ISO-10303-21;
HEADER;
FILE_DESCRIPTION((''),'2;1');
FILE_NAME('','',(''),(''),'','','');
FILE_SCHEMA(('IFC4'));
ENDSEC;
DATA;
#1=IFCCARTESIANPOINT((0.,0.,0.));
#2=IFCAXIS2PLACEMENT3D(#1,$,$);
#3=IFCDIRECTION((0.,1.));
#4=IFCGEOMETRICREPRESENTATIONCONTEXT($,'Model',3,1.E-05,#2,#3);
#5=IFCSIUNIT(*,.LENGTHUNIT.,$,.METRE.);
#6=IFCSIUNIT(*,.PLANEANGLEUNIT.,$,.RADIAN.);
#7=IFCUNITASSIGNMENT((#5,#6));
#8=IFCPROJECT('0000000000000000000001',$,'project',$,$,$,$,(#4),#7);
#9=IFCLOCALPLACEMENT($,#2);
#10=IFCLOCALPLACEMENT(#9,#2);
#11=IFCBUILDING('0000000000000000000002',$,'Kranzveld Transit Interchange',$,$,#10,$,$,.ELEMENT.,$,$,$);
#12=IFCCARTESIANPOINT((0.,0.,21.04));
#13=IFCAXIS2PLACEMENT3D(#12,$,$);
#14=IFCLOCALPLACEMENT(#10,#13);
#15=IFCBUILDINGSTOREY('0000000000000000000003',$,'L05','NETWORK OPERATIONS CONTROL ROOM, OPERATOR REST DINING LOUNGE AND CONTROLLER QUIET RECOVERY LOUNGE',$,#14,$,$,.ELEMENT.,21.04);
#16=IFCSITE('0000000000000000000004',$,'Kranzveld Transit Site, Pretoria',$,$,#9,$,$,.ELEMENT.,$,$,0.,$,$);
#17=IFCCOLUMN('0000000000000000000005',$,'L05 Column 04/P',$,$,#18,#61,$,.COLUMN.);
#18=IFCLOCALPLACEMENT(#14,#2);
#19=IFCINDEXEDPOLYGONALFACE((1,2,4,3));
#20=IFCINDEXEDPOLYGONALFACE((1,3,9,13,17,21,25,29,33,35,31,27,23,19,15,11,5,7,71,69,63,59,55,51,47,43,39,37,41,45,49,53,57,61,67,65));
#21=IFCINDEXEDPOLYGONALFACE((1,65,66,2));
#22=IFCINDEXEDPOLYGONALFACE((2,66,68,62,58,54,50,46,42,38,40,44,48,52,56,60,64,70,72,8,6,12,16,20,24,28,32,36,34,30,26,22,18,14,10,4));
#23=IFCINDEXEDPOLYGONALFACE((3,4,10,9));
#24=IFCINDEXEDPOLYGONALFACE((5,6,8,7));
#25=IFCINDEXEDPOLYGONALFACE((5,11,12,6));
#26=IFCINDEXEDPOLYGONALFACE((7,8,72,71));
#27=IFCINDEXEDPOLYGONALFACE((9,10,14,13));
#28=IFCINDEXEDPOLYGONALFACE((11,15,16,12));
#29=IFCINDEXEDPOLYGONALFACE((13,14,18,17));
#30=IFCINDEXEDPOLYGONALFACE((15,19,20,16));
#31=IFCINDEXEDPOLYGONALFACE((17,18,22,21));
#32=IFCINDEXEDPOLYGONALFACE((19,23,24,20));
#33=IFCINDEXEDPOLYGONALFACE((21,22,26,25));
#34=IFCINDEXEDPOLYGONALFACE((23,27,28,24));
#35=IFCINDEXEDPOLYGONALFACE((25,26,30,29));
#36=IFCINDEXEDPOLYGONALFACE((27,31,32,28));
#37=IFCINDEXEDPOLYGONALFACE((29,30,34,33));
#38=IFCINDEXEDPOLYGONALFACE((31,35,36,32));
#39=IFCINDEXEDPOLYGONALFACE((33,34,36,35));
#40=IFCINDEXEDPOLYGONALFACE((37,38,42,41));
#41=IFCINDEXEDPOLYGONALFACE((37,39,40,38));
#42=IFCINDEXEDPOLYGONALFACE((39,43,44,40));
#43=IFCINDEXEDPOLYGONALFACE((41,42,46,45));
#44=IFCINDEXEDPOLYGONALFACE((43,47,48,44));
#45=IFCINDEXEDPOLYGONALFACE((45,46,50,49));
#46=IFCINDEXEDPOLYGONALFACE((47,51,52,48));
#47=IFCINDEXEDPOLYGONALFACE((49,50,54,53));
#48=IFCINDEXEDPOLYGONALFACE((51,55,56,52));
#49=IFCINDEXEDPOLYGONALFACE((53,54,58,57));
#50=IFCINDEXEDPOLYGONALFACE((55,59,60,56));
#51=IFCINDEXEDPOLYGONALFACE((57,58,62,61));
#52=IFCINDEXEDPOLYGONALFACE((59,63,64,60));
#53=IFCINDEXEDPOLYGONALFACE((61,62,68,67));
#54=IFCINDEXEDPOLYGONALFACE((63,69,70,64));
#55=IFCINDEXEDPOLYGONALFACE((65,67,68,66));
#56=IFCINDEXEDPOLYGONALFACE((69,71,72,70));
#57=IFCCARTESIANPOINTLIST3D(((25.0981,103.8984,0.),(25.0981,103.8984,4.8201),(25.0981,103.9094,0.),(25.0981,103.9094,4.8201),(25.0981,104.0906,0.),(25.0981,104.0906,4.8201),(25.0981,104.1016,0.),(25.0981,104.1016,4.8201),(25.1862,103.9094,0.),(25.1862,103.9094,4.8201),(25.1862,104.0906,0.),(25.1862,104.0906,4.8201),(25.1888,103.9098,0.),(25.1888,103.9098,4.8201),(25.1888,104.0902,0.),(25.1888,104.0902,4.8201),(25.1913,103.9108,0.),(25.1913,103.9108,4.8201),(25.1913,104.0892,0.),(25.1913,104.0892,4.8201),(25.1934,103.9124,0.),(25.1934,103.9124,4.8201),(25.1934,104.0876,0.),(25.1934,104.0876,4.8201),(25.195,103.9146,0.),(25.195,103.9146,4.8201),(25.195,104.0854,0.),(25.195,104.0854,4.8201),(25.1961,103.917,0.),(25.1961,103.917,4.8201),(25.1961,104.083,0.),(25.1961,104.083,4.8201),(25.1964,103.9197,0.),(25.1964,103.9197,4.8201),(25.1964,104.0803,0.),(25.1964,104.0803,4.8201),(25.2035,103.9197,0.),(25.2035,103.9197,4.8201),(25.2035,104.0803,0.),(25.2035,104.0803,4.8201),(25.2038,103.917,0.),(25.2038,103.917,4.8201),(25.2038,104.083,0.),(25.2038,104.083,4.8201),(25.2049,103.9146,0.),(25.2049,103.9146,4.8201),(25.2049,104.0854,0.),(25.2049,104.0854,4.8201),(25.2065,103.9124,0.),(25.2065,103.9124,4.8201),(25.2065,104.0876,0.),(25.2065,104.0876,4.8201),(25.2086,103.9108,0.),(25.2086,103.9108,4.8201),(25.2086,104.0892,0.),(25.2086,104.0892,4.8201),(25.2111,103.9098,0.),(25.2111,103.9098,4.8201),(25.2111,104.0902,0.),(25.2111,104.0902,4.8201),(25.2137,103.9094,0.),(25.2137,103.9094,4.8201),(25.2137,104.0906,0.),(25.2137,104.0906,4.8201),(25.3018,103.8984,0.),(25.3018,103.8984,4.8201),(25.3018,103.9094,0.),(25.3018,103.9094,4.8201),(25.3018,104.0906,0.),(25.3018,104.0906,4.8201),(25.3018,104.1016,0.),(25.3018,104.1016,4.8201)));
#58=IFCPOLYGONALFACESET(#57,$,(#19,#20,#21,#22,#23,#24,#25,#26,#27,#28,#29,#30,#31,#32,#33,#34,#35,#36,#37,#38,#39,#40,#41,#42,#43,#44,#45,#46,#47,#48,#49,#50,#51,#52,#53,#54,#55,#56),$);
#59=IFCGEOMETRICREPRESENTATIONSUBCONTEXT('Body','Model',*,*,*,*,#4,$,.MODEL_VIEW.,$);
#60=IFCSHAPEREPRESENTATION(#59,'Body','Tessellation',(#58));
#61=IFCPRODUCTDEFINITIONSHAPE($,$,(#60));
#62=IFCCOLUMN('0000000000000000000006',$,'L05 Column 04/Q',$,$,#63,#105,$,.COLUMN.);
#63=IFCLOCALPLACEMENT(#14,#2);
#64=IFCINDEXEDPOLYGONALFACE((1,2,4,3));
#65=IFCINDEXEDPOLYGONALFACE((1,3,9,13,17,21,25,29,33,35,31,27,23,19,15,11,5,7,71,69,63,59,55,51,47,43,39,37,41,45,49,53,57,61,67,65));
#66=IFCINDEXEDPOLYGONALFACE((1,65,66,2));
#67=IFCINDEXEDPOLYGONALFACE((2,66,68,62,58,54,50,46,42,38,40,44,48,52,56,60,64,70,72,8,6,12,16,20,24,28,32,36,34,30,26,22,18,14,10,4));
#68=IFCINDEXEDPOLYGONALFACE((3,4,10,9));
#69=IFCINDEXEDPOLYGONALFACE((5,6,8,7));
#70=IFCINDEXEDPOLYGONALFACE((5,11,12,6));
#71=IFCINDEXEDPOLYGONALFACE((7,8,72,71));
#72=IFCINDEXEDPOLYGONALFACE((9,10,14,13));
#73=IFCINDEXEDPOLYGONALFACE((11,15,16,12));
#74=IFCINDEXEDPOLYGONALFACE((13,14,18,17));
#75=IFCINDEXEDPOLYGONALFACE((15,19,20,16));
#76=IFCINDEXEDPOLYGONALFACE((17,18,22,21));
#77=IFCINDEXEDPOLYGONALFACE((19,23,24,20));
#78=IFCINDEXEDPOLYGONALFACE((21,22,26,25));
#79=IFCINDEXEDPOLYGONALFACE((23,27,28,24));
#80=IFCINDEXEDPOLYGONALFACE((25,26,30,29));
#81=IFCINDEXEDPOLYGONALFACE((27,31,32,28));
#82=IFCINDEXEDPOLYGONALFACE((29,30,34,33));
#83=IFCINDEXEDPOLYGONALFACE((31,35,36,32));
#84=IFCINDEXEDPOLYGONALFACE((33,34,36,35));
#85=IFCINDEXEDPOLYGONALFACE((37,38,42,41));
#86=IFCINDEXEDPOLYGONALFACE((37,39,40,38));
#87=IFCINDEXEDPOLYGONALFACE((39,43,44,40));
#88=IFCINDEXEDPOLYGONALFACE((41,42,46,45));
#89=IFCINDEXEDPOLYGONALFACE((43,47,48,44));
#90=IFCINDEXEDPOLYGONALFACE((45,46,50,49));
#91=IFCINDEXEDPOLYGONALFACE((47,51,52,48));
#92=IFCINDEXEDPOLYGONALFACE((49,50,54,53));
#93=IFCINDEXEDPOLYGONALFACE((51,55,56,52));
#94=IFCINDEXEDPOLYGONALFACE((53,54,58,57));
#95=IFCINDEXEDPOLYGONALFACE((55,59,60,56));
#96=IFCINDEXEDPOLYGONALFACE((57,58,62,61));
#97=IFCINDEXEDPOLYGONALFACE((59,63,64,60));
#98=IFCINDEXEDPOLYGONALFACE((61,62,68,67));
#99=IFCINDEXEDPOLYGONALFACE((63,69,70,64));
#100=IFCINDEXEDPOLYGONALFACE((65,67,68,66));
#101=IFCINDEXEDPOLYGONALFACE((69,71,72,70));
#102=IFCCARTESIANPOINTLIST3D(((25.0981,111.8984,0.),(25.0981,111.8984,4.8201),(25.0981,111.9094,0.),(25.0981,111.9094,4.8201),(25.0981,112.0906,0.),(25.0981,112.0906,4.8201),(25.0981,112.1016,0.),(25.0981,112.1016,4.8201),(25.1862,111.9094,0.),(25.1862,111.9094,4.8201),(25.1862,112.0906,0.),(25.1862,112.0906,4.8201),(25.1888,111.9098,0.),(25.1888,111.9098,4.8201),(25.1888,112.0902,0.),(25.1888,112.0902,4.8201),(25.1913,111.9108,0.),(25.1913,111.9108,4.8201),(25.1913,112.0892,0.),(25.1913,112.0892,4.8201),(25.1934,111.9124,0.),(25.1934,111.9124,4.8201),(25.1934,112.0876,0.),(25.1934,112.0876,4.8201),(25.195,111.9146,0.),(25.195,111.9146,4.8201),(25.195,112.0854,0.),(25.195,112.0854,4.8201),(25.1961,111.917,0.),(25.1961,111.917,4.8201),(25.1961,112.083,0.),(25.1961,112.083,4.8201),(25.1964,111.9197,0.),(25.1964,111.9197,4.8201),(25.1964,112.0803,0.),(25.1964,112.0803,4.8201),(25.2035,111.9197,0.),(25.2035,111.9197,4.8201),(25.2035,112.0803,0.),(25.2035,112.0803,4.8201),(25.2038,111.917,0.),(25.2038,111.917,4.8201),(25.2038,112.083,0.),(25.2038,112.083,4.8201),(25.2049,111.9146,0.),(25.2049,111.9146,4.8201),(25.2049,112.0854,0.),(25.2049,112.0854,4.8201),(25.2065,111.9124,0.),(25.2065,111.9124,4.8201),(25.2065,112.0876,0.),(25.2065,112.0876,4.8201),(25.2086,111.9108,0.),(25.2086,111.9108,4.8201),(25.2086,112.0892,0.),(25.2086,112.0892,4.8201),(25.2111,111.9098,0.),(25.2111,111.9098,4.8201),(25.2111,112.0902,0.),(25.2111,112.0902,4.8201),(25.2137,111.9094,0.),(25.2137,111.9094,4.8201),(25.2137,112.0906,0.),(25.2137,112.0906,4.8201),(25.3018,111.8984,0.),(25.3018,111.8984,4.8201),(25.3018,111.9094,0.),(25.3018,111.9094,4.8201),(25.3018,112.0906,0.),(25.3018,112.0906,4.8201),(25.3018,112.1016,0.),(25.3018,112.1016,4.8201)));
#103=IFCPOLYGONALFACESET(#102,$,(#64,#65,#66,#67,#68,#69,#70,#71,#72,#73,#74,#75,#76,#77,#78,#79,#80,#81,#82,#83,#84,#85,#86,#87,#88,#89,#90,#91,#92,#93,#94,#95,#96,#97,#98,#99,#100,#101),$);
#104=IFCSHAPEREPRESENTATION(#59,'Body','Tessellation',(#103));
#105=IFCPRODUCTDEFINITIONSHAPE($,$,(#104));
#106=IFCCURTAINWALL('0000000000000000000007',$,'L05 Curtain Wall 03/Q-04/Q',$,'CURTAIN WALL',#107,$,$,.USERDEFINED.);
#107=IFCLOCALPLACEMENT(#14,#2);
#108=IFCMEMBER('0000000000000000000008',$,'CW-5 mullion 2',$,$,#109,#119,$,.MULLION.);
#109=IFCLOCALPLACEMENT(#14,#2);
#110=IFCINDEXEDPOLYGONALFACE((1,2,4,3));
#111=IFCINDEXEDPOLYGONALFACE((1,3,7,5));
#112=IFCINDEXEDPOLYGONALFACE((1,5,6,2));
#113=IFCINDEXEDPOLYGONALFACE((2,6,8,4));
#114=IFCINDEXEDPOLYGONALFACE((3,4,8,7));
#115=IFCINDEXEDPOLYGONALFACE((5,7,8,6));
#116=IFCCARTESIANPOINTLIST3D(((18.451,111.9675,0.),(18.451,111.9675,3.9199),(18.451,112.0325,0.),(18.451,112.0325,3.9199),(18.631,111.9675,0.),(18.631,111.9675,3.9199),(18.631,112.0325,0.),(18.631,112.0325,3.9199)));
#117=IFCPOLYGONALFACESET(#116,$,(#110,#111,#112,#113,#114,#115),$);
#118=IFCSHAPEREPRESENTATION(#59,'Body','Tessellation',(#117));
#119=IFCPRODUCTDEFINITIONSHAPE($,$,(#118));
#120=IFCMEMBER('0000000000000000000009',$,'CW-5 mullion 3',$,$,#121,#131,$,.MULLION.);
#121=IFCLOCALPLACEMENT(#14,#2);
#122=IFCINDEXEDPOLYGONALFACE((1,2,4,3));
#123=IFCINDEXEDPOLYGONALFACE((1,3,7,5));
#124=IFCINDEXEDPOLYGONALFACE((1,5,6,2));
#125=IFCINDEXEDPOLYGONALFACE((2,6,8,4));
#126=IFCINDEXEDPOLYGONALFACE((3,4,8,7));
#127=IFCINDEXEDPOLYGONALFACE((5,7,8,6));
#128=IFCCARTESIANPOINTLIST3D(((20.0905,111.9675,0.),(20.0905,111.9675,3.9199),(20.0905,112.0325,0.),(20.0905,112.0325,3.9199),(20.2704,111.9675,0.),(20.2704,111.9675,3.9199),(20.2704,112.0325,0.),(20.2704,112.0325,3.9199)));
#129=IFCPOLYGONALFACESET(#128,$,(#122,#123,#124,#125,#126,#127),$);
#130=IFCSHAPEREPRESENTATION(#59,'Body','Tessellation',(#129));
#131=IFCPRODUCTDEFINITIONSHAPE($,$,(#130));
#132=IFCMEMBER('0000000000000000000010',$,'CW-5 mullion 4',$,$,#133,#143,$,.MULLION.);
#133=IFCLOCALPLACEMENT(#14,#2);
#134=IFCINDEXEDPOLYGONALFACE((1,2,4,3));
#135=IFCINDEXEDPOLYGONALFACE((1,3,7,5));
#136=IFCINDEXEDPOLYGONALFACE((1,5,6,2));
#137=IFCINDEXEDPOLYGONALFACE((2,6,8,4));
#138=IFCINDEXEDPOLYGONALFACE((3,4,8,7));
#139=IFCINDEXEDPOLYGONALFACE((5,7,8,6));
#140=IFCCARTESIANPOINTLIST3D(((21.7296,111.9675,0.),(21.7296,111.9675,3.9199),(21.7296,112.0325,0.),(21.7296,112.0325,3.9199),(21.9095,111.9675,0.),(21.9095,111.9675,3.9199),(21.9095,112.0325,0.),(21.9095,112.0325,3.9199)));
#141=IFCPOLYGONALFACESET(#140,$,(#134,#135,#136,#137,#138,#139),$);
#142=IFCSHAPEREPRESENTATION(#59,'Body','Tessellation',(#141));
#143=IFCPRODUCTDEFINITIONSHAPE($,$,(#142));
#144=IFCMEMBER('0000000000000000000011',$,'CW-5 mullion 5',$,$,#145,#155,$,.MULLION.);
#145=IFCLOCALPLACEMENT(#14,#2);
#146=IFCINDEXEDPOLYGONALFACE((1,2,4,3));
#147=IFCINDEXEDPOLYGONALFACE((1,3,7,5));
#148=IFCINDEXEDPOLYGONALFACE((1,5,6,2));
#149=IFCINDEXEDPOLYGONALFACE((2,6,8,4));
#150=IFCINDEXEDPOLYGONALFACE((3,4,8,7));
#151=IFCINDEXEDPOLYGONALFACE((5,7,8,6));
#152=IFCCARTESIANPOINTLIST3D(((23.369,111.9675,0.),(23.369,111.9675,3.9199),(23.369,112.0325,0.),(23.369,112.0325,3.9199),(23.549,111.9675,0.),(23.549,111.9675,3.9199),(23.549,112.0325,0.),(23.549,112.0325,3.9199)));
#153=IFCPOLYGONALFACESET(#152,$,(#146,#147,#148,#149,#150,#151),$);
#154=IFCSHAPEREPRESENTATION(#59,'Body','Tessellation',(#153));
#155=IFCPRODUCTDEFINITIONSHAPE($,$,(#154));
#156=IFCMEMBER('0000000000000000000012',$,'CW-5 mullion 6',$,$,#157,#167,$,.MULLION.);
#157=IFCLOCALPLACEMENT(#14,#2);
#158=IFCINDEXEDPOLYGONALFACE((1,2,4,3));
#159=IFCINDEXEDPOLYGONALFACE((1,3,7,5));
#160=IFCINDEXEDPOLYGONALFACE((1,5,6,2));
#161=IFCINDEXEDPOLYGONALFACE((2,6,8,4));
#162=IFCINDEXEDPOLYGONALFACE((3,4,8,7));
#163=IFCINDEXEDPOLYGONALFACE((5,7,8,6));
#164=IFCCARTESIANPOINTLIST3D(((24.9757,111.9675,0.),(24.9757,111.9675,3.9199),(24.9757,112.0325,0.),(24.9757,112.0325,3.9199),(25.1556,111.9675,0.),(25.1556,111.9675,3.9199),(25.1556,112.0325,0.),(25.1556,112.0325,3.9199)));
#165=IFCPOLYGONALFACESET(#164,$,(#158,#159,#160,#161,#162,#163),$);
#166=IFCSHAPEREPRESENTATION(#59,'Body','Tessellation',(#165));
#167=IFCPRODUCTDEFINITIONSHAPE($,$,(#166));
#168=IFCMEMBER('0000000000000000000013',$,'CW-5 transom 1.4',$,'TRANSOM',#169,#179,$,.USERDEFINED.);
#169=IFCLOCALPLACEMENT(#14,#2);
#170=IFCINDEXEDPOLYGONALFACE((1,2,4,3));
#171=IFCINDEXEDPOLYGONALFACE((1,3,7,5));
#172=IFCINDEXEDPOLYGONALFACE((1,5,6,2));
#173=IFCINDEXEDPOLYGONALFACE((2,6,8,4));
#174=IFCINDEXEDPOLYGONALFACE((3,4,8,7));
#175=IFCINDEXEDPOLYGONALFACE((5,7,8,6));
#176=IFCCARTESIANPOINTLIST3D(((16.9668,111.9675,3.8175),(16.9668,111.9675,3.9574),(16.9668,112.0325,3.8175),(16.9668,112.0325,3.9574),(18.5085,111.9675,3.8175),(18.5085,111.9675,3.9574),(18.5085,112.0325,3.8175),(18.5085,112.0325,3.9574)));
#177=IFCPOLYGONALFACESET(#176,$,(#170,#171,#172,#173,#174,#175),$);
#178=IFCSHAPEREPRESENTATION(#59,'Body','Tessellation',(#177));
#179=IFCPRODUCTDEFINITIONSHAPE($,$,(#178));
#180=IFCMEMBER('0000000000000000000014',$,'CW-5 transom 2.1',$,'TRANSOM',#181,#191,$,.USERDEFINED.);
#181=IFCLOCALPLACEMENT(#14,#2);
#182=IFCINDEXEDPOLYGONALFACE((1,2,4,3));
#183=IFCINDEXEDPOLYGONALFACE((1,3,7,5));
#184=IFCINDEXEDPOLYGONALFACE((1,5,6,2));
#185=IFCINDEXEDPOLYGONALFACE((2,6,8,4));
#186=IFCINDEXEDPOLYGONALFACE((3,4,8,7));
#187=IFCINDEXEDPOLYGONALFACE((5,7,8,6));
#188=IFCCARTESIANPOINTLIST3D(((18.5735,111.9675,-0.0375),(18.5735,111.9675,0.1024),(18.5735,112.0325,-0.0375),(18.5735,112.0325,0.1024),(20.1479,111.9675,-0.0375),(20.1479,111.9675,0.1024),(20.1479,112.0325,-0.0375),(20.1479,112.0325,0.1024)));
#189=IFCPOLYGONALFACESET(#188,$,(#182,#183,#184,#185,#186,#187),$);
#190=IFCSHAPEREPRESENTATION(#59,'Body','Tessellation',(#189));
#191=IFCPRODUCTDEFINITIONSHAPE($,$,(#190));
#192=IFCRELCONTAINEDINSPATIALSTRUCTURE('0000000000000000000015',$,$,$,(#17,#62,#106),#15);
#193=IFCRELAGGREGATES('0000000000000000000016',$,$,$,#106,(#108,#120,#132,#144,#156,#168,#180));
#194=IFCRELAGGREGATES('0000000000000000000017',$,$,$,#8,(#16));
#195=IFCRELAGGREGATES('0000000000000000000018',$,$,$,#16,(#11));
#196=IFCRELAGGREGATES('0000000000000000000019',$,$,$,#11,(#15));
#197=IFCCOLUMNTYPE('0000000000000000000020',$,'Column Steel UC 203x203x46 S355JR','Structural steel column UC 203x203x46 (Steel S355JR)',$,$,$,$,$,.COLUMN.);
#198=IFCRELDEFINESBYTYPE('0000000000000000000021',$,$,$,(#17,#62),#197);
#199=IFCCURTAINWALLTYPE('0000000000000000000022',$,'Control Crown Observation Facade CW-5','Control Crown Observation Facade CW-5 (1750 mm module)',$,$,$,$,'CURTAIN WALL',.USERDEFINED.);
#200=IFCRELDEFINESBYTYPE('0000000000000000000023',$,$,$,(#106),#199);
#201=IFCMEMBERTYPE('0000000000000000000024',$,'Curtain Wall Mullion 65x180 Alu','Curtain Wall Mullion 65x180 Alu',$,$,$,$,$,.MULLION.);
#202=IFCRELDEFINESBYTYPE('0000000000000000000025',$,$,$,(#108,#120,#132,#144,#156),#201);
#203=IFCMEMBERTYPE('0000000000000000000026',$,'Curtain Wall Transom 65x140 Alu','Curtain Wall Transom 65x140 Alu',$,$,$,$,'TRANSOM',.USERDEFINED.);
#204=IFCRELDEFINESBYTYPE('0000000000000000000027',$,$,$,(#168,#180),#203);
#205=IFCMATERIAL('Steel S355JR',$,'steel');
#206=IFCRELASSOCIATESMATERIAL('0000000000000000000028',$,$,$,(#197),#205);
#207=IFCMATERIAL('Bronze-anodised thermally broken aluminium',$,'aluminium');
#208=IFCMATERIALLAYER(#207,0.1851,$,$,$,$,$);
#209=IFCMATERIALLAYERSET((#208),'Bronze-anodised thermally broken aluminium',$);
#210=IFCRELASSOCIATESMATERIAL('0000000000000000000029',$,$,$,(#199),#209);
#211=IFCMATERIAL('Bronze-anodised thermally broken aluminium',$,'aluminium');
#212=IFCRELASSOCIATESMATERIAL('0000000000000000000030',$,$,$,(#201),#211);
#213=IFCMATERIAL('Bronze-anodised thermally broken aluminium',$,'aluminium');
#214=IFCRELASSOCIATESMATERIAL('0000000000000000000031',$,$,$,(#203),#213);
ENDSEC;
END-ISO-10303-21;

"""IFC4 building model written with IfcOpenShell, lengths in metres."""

from ifc_helpers import new_model, si_unit, direction, frame, origin, origin_2d, place, context, subcontext, project, spatial, rectangle, i_section, extrude, material, layer, layer_set, material_profile, profile_set, type_object, element, aggregate, save


model = new_model("IFC4")

# Units and contexts
model_context = context("Model", 3, precision=1e-05, world=origin(), true_north=direction((0.0, 1.0)))
body_context = subcontext(model_context, "Body", "Model", "MODEL_VIEW")
ifc_project = project(units=[si_unit("LENGTHUNIT", "METRE"), si_unit("PLANEANGLEUNIT", "RADIAN")], contexts=[model_context])

# Site, building, storey
site_placement = place(None, origin())
site = spatial("IfcSite", under=ifc_project, at=site_placement, Name="Kranzveld Transit Site, Pretoria", CompositionType="ELEMENT", RefElevation=0.0)
building_placement = place(site_placement, origin())
building = spatial("IfcBuilding", under=site, at=building_placement, Name="Kranzveld Transit Interchange", CompositionType="ELEMENT")
storey_placement = place(building_placement, frame((0.0, 0.0, 21.04)))
storey = spatial("IfcBuildingStorey", under=building, at=storey_placement, Name="L05", Description="NETWORK OPERATIONS CONTROL ROOM, OPERATOR REST DINING LOUNGE AND CONTROLLER QUIET RECOVERY LOUNGE", CompositionType="ELEMENT", Elevation=21.04)

# Columns
ifc_material_1 = material(Name="Steel S355JR", Category="steel")
ifc_material_profile_1 = material_profile(ifc_material_1, i_section(OverallWidth=0.2036, OverallDepth=0.2031, WebThickness=0.0071, FlangeThickness=0.011, FilletRadius=0.0103, at=origin_2d()), Name="UC 203x203x46")
ifc_profile_set_1 = profile_set([ifc_material_profile_1], Name="Steel S355JR")
column_type = type_object("IfcColumnType", Name="Column Steel UC 203x203x46 S355JR", Description="Structural steel column UC 203x203x46 (Steel S355JR)", PredefinedType="COLUMN", material=ifc_profile_set_1)
for number, where, z_axis, x_axis, name in (
    (1, (25.2, 104.0, 0.0), (0.0, 0.0, 1.0), (1.0, 0.0, 0.0), "L05 Column 04/P"),
    (2, (25.2, 112.0, 0.0), (0.0, 0.0, 1.0), (1.0, 0.0, 0.0), "L05 Column 04/Q"),
):
    element("IfcColumn", number, at=place(storey_placement, frame(where, z_axis=z_axis, x_axis=x_axis)), inside=storey, type_object=column_type, Name=name, PredefinedType="COLUMN", context=body_context, shape_type="SweptSolid", body=[
        extrude(i_section(OverallWidth=0.2036, OverallDepth=0.2031, WebThickness=0.0071, FlangeThickness=0.011, FilletRadius=0.0103, at=origin_2d()), origin(), (0.0, 0.0, 1.0), 4.8201),
    ])

# Curtain wall, members
ifc_material_2 = material(Name="Bronze-anodised thermally broken aluminium", Category="aluminium")
ifc_layer_1 = layer(ifc_material_2, 0.1851)
ifc_layer_set_1 = layer_set([ifc_layer_1], Name="Bronze-anodised thermally broken aluminium")
curtain_wall_type = type_object("IfcCurtainWallType", Name="Control Crown Observation Facade CW-5", Description="Control Crown Observation Facade CW-5 (1750 mm module)", ElementType="CURTAIN WALL", PredefinedType="USERDEFINED", material=ifc_layer_set_1)
curtain_wall_placement = place(storey_placement, origin())
curtain_wall = element("IfcCurtainWall", 3, at=curtain_wall_placement, inside=storey, type_object=curtain_wall_type, Name="L05 Curtain Wall 03/Q-04/Q", ObjectType="CURTAIN WALL", PredefinedType="USERDEFINED")
ifc_material_3 = material(Name="Bronze-anodised thermally broken aluminium", Category="aluminium")
ifc_material_profile_2 = material_profile(ifc_material_3, rectangle(XDim=0.0649, YDim=0.1799, at=origin_2d()), Name="ALU MULLION 65x180")
ifc_profile_set_2 = profile_set([ifc_material_profile_2], Name="Bronze-anodised thermally broken aluminium")
member_type_1 = type_object("IfcMemberType", Name="Curtain Wall Mullion 65x180 Alu", Description="Curtain Wall Mullion 65x180 Alu", PredefinedType="MULLION", material=ifc_profile_set_2)
member_1_placement = place(storey_placement, frame((18.541, 112.0, 0.0), z_axis=(0.0, 0.0, 1.0), x_axis=(0.0, 1.0, 0.0)))
member_1 = element("IfcMember", 4, at=member_1_placement, type_object=member_type_1, Name="CW-5 mullion 2", PredefinedType="MULLION", context=body_context, shape_type="SweptSolid", body=[
    extrude(rectangle(XDim=0.0649, YDim=0.1799, at=origin_2d()), origin(), (0.0, 0.0, 1.0), 3.9199),
])
member_2_placement = place(storey_placement, frame((20.1804, 112.0, 0.0), z_axis=(0.0, 0.0, 1.0), x_axis=(0.0, 1.0, 0.0)))
member_2 = element("IfcMember", 5, at=member_2_placement, type_object=member_type_1, Name="CW-5 mullion 3", PredefinedType="MULLION", context=body_context, shape_type="SweptSolid", body=[
    extrude(rectangle(XDim=0.0649, YDim=0.1799, at=origin_2d()), origin(), (0.0, 0.0, 1.0), 3.9199),
])
member_3_placement = place(storey_placement, frame((21.8196, 112.0, 0.0), z_axis=(0.0, 0.0, 1.0), x_axis=(0.0, 1.0, 0.0)))
member_3 = element("IfcMember", 6, at=member_3_placement, type_object=member_type_1, Name="CW-5 mullion 4", PredefinedType="MULLION", context=body_context, shape_type="SweptSolid", body=[
    extrude(rectangle(XDim=0.0649, YDim=0.1799, at=origin_2d()), origin(), (0.0, 0.0, 1.0), 3.9199),
])
member_4_placement = place(storey_placement, frame((23.459, 112.0, 0.0), z_axis=(0.0, 0.0, 1.0), x_axis=(0.0, 1.0, 0.0)))
member_4 = element("IfcMember", 7, at=member_4_placement, type_object=member_type_1, Name="CW-5 mullion 5", PredefinedType="MULLION", context=body_context, shape_type="SweptSolid", body=[
    extrude(rectangle(XDim=0.0649, YDim=0.1799, at=origin_2d()), origin(), (0.0, 0.0, 1.0), 3.9199),
])
member_5_placement = place(storey_placement, frame((25.0657, 112.0, 0.0), z_axis=(0.0, 0.0, 1.0), x_axis=(0.0, 1.0, 0.0)))
member_5 = element("IfcMember", 8, at=member_5_placement, type_object=member_type_1, Name="CW-5 mullion 6", PredefinedType="MULLION", context=body_context, shape_type="SweptSolid", body=[
    extrude(rectangle(XDim=0.0649, YDim=0.1799, at=origin_2d()), origin(), (0.0, 0.0, 1.0), 3.9199),
])
ifc_material_4 = material(Name="Bronze-anodised thermally broken aluminium", Category="aluminium")
ifc_material_profile_3 = material_profile(ifc_material_4, rectangle(XDim=0.0649, YDim=0.1399, at=origin_2d()), Name="ALU TRANSOM 65x140")
ifc_profile_set_3 = profile_set([ifc_material_profile_3], Name="Bronze-anodised thermally broken aluminium")
member_type_2 = type_object("IfcMemberType", Name="Curtain Wall Transom 65x140 Alu", Description="Curtain Wall Transom 65x140 Alu", ElementType="TRANSOM", PredefinedType="USERDEFINED", material=ifc_profile_set_3)
member_6_placement = place(storey_placement, frame((16.9668, 112.0, 3.8875), z_axis=(1.0, 0.0, 0.0), x_axis=(0.0, 1.0, 0.0)))
member_6 = element("IfcMember", 9, at=member_6_placement, type_object=member_type_2, Name="CW-5 transom 1.4", ObjectType="TRANSOM", PredefinedType="USERDEFINED", context=body_context, shape_type="SweptSolid", body=[
    extrude(rectangle(XDim=0.0649, YDim=0.1399, at=origin_2d()), origin(), (0.0, 0.0, 1.0), 1.5417),
])
member_7_placement = place(storey_placement, frame((18.5735, 112.0, 0.0325), z_axis=(1.0, 0.0, 0.0), x_axis=(0.0, 1.0, 0.0)))
member_7 = element("IfcMember", 10, at=member_7_placement, type_object=member_type_2, Name="CW-5 transom 2.1", ObjectType="TRANSOM", PredefinedType="USERDEFINED", context=body_context, shape_type="SweptSolid", body=[
    extrude(rectangle(XDim=0.0649, YDim=0.1399, at=origin_2d()), origin(), (0.0, 0.0, 1.0), 1.5745),
])
aggregate(curtain_wall, [member_1, member_2, member_3, member_4, member_5, member_6, member_7])

save(model, "model.ifc")
